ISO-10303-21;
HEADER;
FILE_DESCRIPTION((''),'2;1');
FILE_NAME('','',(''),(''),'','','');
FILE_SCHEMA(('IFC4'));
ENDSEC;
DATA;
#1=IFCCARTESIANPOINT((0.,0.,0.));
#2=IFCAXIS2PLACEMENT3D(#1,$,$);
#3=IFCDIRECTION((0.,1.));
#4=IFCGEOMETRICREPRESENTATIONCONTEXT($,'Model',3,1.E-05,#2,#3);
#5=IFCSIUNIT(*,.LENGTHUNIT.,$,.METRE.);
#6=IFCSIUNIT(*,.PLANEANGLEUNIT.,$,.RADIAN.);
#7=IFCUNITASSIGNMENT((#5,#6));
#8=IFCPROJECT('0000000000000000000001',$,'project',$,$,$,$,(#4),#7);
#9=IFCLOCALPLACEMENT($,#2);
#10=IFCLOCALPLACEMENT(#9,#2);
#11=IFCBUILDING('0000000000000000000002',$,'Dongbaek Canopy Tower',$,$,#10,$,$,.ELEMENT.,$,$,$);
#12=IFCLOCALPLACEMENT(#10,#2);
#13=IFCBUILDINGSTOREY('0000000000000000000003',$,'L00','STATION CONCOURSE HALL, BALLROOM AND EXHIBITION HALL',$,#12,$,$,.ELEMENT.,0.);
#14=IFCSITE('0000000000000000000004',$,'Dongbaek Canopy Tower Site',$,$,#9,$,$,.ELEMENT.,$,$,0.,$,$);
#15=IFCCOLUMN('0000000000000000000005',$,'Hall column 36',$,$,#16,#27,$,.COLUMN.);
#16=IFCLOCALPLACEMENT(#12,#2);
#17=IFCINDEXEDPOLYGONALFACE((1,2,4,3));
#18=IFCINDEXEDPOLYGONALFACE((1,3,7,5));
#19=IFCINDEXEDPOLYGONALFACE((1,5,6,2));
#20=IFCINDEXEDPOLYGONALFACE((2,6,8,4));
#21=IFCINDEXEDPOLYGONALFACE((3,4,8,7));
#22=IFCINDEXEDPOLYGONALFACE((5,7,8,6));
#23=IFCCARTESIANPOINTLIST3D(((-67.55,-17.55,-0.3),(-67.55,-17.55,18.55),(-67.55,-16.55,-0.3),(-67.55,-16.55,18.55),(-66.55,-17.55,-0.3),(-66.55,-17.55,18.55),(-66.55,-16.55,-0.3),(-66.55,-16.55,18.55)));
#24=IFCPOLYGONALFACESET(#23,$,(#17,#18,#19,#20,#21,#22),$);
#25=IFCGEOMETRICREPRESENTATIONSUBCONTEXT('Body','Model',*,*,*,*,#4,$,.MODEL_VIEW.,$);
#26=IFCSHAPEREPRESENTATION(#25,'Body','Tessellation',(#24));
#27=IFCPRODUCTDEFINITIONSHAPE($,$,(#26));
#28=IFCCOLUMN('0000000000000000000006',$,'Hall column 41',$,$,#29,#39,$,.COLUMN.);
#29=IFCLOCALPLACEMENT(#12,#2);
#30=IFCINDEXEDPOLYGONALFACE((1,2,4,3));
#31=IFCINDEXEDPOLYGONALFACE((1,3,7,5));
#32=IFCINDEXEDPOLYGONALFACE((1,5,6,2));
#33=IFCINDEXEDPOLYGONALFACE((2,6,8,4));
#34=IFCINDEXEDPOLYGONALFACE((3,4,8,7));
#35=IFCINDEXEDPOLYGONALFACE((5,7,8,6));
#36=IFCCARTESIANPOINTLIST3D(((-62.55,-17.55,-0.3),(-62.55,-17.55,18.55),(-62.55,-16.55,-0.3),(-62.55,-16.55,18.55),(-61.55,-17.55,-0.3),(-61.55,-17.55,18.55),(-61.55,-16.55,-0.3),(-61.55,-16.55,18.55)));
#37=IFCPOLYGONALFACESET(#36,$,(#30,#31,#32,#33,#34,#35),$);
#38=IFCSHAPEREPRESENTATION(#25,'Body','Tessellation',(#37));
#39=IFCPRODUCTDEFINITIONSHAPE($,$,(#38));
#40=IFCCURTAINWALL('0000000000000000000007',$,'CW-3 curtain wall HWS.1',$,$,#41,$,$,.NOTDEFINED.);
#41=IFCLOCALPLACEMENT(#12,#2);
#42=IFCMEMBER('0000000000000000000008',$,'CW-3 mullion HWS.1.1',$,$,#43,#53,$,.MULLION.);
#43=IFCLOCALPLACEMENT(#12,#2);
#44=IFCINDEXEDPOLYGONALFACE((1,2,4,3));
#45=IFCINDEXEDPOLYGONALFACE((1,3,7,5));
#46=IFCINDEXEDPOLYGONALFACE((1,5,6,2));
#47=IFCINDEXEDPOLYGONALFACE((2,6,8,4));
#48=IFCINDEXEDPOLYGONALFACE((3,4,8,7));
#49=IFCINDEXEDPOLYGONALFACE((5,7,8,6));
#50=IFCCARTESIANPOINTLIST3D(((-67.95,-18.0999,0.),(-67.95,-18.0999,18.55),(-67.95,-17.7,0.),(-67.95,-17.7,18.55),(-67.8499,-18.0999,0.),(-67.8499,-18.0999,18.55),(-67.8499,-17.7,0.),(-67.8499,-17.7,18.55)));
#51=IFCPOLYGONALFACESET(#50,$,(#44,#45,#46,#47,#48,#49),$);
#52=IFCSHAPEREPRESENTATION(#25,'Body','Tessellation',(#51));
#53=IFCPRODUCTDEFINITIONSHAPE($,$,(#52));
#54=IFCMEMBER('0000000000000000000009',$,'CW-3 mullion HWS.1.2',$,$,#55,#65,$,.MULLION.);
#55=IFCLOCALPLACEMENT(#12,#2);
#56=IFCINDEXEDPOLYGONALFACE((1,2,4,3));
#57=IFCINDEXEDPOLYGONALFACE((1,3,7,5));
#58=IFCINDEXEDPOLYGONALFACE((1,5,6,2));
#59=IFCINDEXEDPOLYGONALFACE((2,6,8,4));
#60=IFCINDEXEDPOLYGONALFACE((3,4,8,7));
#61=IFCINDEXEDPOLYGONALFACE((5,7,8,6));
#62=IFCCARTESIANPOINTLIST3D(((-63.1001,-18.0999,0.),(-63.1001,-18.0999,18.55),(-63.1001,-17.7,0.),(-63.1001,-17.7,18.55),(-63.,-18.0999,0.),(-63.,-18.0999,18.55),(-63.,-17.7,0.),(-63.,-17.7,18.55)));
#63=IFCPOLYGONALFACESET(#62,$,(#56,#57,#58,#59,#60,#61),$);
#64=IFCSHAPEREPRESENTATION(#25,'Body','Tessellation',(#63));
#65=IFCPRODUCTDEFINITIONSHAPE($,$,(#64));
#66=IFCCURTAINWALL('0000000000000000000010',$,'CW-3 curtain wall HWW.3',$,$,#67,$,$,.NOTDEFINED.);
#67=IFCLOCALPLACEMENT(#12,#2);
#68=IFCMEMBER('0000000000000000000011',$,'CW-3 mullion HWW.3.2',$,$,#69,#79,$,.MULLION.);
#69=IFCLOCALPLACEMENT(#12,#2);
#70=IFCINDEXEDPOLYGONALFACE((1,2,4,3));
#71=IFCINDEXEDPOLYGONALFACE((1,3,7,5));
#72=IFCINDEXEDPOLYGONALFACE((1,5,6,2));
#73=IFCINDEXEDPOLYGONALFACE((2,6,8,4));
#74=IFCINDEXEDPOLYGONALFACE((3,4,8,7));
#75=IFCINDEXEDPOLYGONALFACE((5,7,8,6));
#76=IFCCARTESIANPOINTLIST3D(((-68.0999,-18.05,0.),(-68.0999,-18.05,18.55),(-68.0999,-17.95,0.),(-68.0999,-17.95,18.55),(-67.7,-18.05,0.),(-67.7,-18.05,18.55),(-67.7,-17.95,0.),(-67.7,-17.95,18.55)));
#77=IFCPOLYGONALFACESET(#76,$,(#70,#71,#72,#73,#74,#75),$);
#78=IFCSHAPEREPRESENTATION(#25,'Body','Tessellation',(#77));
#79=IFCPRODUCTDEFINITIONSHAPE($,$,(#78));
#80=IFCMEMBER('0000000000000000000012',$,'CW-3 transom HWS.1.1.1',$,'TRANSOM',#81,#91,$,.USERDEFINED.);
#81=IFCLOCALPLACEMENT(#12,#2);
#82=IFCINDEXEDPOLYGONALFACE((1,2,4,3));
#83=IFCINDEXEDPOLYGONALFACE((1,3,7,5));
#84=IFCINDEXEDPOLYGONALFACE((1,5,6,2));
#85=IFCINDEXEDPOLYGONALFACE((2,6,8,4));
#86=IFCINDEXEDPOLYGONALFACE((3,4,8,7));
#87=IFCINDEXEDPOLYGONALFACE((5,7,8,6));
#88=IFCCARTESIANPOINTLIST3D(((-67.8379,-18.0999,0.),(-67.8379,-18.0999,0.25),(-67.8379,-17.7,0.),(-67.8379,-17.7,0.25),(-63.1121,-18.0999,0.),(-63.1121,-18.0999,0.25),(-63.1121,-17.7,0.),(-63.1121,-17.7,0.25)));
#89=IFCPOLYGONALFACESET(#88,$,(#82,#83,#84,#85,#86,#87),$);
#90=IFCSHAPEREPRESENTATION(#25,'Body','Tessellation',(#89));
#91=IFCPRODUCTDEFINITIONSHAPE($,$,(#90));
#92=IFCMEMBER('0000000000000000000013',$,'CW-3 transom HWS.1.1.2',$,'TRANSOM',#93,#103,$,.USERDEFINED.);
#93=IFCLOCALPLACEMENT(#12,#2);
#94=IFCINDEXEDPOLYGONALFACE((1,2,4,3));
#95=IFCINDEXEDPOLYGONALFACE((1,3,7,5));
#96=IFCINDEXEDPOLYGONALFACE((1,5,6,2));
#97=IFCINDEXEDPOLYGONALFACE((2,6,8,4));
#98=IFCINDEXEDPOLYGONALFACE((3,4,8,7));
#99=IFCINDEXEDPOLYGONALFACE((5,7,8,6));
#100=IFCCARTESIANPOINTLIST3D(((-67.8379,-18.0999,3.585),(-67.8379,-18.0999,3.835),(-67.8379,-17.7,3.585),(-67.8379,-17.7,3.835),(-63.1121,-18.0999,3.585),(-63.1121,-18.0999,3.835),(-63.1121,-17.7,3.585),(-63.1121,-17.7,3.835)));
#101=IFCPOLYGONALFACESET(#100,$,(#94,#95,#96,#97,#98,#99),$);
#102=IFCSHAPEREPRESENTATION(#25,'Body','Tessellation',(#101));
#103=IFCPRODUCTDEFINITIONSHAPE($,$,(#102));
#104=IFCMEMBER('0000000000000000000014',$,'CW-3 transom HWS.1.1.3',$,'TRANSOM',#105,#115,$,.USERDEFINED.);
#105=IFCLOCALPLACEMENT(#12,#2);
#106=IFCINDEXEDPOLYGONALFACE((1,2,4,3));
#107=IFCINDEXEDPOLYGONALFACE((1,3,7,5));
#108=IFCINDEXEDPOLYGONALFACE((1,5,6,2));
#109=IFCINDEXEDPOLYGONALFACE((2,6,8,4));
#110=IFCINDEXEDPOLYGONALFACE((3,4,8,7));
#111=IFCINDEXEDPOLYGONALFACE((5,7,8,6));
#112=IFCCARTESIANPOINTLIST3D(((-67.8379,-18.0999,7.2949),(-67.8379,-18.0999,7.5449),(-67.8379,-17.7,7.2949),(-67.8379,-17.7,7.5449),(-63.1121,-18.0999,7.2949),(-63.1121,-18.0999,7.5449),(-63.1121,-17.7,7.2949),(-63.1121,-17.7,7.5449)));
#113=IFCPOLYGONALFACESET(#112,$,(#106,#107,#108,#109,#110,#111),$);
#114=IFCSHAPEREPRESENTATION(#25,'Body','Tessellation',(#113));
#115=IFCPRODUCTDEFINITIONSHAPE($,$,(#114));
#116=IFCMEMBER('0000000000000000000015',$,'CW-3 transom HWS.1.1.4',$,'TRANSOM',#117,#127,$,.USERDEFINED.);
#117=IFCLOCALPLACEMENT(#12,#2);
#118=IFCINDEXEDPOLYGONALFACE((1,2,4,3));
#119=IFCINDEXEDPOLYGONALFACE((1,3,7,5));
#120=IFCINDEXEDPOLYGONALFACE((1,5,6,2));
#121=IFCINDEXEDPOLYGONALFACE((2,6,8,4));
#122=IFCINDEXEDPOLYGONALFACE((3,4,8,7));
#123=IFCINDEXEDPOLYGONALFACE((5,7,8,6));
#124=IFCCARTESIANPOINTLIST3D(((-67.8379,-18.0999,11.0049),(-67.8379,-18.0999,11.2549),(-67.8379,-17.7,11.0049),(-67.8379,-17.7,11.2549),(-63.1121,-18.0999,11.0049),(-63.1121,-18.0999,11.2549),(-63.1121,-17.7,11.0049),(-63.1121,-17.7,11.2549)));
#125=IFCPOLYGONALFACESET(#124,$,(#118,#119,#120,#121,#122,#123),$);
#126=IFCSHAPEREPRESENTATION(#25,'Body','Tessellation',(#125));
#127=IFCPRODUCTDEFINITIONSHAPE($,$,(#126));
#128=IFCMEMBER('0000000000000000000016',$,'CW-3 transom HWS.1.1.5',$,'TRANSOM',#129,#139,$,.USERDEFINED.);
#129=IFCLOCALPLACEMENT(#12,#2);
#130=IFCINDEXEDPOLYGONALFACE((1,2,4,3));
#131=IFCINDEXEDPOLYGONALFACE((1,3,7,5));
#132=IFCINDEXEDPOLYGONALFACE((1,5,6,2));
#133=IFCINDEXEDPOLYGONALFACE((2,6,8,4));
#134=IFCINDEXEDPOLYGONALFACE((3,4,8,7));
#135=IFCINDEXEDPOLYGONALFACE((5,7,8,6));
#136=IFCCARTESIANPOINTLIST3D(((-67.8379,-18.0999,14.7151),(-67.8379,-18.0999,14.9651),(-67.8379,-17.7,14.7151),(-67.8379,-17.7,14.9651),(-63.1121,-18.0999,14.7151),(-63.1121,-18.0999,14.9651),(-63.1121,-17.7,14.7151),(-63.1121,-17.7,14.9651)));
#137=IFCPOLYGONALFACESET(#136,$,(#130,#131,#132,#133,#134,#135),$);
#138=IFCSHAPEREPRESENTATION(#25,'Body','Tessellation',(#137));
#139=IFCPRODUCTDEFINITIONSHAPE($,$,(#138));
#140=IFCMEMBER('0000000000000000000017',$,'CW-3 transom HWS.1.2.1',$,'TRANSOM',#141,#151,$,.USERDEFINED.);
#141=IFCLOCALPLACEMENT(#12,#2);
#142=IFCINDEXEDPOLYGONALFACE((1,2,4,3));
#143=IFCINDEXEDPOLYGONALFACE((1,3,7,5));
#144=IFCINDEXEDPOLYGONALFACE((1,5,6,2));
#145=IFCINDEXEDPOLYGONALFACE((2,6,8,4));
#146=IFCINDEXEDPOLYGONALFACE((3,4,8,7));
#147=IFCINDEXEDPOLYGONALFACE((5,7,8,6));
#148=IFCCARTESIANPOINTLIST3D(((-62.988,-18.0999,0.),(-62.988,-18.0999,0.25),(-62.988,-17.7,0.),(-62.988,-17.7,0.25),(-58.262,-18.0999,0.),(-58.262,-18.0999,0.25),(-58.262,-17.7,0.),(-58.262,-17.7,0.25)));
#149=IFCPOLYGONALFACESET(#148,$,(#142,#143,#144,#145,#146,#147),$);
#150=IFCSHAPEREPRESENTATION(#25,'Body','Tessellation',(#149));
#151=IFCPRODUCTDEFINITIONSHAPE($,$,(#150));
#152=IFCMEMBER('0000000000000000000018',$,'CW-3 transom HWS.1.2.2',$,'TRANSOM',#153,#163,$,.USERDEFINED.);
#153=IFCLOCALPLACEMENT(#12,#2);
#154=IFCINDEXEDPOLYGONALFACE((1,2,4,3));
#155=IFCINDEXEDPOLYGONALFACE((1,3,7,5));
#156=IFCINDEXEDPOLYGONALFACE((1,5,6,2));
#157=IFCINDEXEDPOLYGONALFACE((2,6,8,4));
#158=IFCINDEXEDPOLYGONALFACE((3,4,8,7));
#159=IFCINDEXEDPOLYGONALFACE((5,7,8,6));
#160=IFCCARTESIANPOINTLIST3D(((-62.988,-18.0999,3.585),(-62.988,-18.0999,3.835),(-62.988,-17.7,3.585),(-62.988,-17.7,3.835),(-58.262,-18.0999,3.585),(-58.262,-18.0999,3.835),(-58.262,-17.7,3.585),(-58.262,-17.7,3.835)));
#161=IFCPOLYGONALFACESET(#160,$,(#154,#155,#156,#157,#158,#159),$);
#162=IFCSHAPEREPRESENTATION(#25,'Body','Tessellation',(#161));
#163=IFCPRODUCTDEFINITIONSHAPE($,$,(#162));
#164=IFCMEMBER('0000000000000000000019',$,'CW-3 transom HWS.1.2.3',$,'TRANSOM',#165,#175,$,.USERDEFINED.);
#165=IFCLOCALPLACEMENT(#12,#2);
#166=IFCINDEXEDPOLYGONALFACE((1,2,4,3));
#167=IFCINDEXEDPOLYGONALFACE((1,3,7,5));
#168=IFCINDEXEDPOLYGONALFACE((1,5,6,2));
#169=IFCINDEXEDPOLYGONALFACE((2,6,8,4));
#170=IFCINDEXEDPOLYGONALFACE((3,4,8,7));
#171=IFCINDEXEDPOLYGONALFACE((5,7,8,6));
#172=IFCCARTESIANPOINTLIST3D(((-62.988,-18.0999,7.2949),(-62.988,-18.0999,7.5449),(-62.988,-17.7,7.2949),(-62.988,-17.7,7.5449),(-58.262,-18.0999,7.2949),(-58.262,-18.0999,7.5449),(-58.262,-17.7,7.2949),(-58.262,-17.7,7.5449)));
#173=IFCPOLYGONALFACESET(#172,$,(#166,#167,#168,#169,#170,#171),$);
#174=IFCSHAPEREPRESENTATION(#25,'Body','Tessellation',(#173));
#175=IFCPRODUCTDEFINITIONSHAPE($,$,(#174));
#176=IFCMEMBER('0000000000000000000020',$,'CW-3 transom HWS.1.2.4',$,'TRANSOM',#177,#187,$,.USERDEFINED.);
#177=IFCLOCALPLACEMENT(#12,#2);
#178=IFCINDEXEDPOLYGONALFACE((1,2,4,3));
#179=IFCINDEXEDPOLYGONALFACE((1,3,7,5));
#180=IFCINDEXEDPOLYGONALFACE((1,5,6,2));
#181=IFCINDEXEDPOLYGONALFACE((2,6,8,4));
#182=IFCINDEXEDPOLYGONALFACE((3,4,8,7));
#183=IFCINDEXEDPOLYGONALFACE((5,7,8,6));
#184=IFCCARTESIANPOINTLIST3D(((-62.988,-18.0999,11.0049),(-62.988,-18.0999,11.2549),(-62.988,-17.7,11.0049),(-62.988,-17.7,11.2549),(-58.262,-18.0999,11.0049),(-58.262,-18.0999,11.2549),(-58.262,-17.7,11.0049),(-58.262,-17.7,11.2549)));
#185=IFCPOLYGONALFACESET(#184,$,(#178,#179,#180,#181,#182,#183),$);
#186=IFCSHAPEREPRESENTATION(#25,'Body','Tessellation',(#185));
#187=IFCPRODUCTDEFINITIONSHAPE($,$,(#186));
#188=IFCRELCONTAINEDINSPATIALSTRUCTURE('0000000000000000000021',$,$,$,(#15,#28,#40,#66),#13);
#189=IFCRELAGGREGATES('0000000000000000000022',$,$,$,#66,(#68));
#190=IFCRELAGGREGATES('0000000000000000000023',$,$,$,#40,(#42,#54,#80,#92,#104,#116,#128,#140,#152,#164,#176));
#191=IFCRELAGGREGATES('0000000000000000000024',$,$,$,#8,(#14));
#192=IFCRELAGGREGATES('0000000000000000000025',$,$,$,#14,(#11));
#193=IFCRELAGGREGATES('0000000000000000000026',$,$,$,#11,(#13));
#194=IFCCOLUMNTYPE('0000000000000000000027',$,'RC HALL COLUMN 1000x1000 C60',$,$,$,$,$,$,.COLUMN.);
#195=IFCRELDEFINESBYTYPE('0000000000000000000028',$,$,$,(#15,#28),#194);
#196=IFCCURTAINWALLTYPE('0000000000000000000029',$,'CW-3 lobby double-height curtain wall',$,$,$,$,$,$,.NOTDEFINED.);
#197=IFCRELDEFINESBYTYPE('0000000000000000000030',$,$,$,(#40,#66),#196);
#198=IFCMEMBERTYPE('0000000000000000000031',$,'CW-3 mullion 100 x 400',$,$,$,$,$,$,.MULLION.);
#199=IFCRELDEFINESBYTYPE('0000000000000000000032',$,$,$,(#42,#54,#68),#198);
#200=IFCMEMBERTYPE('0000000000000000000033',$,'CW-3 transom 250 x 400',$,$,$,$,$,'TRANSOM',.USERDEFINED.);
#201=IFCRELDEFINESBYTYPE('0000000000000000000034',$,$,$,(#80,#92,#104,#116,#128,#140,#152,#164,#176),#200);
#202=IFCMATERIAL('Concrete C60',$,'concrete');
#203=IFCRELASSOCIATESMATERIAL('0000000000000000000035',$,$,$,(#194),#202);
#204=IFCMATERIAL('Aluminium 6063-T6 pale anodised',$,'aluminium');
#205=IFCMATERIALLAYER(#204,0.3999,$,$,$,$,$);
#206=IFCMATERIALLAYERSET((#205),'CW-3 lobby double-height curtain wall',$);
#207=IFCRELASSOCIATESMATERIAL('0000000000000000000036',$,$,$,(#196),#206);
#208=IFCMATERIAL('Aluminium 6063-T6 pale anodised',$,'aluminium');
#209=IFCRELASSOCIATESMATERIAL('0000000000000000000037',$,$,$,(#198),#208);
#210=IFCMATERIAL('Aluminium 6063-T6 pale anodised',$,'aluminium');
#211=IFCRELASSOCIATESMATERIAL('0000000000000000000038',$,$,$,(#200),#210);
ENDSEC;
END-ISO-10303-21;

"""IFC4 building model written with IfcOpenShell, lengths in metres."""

from ifc_helpers import new_model, si_unit, direction, frame, origin, origin_2d, place, context, subcontext, project, spatial, rectangle, extrude, material, layer, layer_set, material_profile, profile_set, type_object, element, aggregate, save


model = new_model("IFC4")

# Units and contexts
model_context = context("Model", 3, precision=1e-05, world=origin(), true_north=direction((0.0, 1.0)))
body_context = subcontext(model_context, "Body", "Model", "MODEL_VIEW")
ifc_project = project(units=[si_unit("LENGTHUNIT", "METRE"), si_unit("PLANEANGLEUNIT", "RADIAN")], contexts=[model_context])

# Site, building, storey
site_placement = place(None, origin())
site = spatial("IfcSite", under=ifc_project, at=site_placement, Name="Dongbaek Canopy Tower Site", CompositionType="ELEMENT", RefElevation=0.0)
building_placement = place(site_placement, origin())
building = spatial("IfcBuilding", under=site, at=building_placement, Name="Dongbaek Canopy Tower", CompositionType="ELEMENT")
storey_placement = place(building_placement, origin())
storey = spatial("IfcBuildingStorey", under=building, at=storey_placement, Name="L00", Description="STATION CONCOURSE HALL, BALLROOM AND EXHIBITION HALL", CompositionType="ELEMENT", Elevation=0.0)

# Columns
ifc_material_1 = material(Name="Concrete C60", Category="concrete")
ifc_material_profile_1 = material_profile(ifc_material_1, rectangle(XDim=1.0, YDim=1.0, at=origin_2d()), Name="RC HALL COLUMN 1000x1000 C60")
ifc_profile_set_1 = profile_set([ifc_material_profile_1], Name="Concrete C60")
column_type = type_object("IfcColumnType", Name="RC HALL COLUMN 1000x1000 C60", PredefinedType="COLUMN", material=ifc_profile_set_1)
for number, where, z_axis, x_axis, name in (
    (1, (-67.05, -17.05, -0.3), (0.0, 0.0, 1.0), (1.0, 0.0, 0.0), "Hall column 36"),
    (2, (-62.05, -17.05, -0.3), (0.0, 0.0, 1.0), (1.0, 0.0, 0.0), "Hall column 41"),
):
    element("IfcColumn", number, at=place(storey_placement, frame(where, z_axis=z_axis, x_axis=x_axis)), inside=storey, type_object=column_type, Name=name, PredefinedType="COLUMN", context=body_context, shape_type="SweptSolid", body=[
        extrude(rectangle(XDim=1.0, YDim=1.0, at=origin_2d()), origin(), (0.0, 0.0, 1.0), 18.8501),
    ])

# Curtain wall, members
ifc_material_2 = material(Name="Aluminium 6063-T6 pale anodised", Category="aluminium")
ifc_layer_1 = layer(ifc_material_2, 0.3999)
ifc_layer_set_1 = layer_set([ifc_layer_1], Name="CW-3 lobby double-height curtain wall")
curtain_wall_type = type_object("IfcCurtainWallType", Name="CW-3 lobby double-height curtain wall", PredefinedType="NOTDEFINED", material=ifc_layer_set_1)
curtain_wall_1_placement = place(storey_placement, origin())
curtain_wall_1 = element("IfcCurtainWall", 3, at=curtain_wall_1_placement, inside=storey, type_object=curtain_wall_type, Name="CW-3 curtain wall HWS.1", PredefinedType="NOTDEFINED")
ifc_material_3 = material(Name="Aluminium 6063-T6 pale anodised", Category="aluminium")
ifc_material_profile_2 = material_profile(ifc_material_3, rectangle(XDim=0.3999, YDim=0.1001, at=origin_2d()), Name="CW-3 mullion 100 x 400")
ifc_profile_set_2 = profile_set([ifc_material_profile_2], Name="Aluminium 6063-T6 pale anodised")
member_type_1 = type_object("IfcMemberType", Name="CW-3 mullion 100 x 400", PredefinedType="MULLION", material=ifc_profile_set_2)
member_1_placement = place(storey_placement, frame((-67.8999, -17.8999, 0.0), z_axis=(0.0, 0.0, 1.0), x_axis=(0.0, -1.0, 0.0)))
member_1 = element("IfcMember", 4, at=member_1_placement, type_object=member_type_1, Name="CW-3 mullion HWS.1.1", PredefinedType="MULLION", context=body_context, shape_type="SweptSolid", body=[
    extrude(rectangle(XDim=0.3999, YDim=0.1001, at=origin_2d()), origin(), (0.0, 0.0, 1.0), 18.55),
])
member_2_placement = place(storey_placement, frame((-63.05, -17.8999, 0.0), z_axis=(0.0, 0.0, 1.0), x_axis=(0.0, -1.0, 0.0)))
member_2 = element("IfcMember", 5, at=member_2_placement, type_object=member_type_1, Name="CW-3 mullion HWS.1.2", PredefinedType="MULLION", context=body_context, shape_type="SweptSolid", body=[
    extrude(rectangle(XDim=0.3999, YDim=0.1001, at=origin_2d()), origin(), (0.0, 0.0, 1.0), 18.55),
])

# Curtain wall, member
curtain_wall_2_placement = place(storey_placement, origin())
curtain_wall_2 = element("IfcCurtainWall", 6, at=curtain_wall_2_placement, inside=storey, type_object=curtain_wall_type, Name="CW-3 curtain wall HWW.3", PredefinedType="NOTDEFINED")
member_3_placement = place(storey_placement, frame((-67.8999, -18.0, 0.0), z_axis=(0.0, 0.0, 1.0), x_axis=(-1.0, 0.0, 0.0)))
member_3 = element("IfcMember", 7, at=member_3_placement, type_object=member_type_1, Name="CW-3 mullion HWW.3.2", PredefinedType="MULLION", context=body_context, shape_type="SweptSolid", body=[
    extrude(rectangle(XDim=0.3999, YDim=0.1001, at=origin_2d()), origin(), (0.0, 0.0, 1.0), 18.55),
])
aggregate(curtain_wall_2, [member_3])

# Members
ifc_material_4 = material(Name="Aluminium 6063-T6 pale anodised", Category="aluminium")
ifc_material_profile_3 = material_profile(ifc_material_4, rectangle(XDim=0.3999, YDim=0.25, at=origin_2d()), Name="CW-3 transom 250 x 400")
ifc_profile_set_3 = profile_set([ifc_material_profile_3], Name="Aluminium 6063-T6 pale anodised")
member_type_2 = type_object("IfcMemberType", Name="CW-3 transom 250 x 400", ElementType="TRANSOM", PredefinedType="USERDEFINED", material=ifc_profile_set_3)
member_4_placement = place(storey_placement, frame((-67.8379, -17.8999, 0.125), z_axis=(1.0, 0.0, 0.0), x_axis=(0.0, 1.0, 0.0)))
member_4 = element("IfcMember", 8, at=member_4_placement, type_object=member_type_2, Name="CW-3 transom HWS.1.1.1", ObjectType="TRANSOM", PredefinedType="USERDEFINED", context=body_context, shape_type="SweptSolid", body=[
    extrude(rectangle(XDim=0.3999, YDim=0.25, at=origin_2d()), origin(), (0.0, 0.0, 1.0), 4.7258),
])
member_5_placement = place(storey_placement, frame((-67.8379, -17.8999, 3.71), z_axis=(1.0, 0.0, 0.0), x_axis=(0.0, 1.0, 0.0)))
member_5 = element("IfcMember", 9, at=member_5_placement, type_object=member_type_2, Name="CW-3 transom HWS.1.1.2", ObjectType="TRANSOM", PredefinedType="USERDEFINED", context=body_context, shape_type="SweptSolid", body=[
    extrude(rectangle(XDim=0.3999, YDim=0.25, at=origin_2d()), origin(), (0.0, 0.0, 1.0), 4.7258),
])
member_6_placement = place(storey_placement, frame((-67.8379, -17.8999, 7.4199), z_axis=(1.0, 0.0, 0.0), x_axis=(0.0, 1.0, 0.0)))
member_6 = element("IfcMember", 10, at=member_6_placement, type_object=member_type_2, Name="CW-3 transom HWS.1.1.3", ObjectType="TRANSOM", PredefinedType="USERDEFINED", context=body_context, shape_type="SweptSolid", body=[
    extrude(rectangle(XDim=0.3999, YDim=0.25, at=origin_2d()), origin(), (0.0, 0.0, 1.0), 4.7258),
])
member_7_placement = place(storey_placement, frame((-67.8379, -17.8999, 11.1299), z_axis=(1.0, 0.0, 0.0), x_axis=(0.0, 1.0, 0.0)))
member_7 = element("IfcMember", 11, at=member_7_placement, type_object=member_type_2, Name="CW-3 transom HWS.1.1.4", ObjectType="TRANSOM", PredefinedType="USERDEFINED", context=body_context, shape_type="SweptSolid", body=[
    extrude(rectangle(XDim=0.3999, YDim=0.25, at=origin_2d()), origin(), (0.0, 0.0, 1.0), 4.7258),
])
member_8_placement = place(storey_placement, frame((-67.8379, -17.8999, 14.8401), z_axis=(1.0, 0.0, 0.0), x_axis=(0.0, 1.0, 0.0)))
member_8 = element("IfcMember", 12, at=member_8_placement, type_object=member_type_2, Name="CW-3 transom HWS.1.1.5", ObjectType="TRANSOM", PredefinedType="USERDEFINED", context=body_context, shape_type="SweptSolid", body=[
    extrude(rectangle(XDim=0.3999, YDim=0.25, at=origin_2d()), origin(), (0.0, 0.0, 1.0), 4.7258),
])
member_9_placement = place(storey_placement, frame((-62.988, -17.8999, 0.125), z_axis=(1.0, 0.0, 0.0), x_axis=(0.0, 1.0, 0.0)))
member_9 = element("IfcMember", 13, at=member_9_placement, type_object=member_type_2, Name="CW-3 transom HWS.1.2.1", ObjectType="TRANSOM", PredefinedType="USERDEFINED", context=body_context, shape_type="SweptSolid", body=[
    extrude(rectangle(XDim=0.3999, YDim=0.25, at=origin_2d()), origin(), (0.0, 0.0, 1.0), 4.7261),
])
member_10_placement = place(storey_placement, frame((-62.988, -17.8999, 3.71), z_axis=(1.0, 0.0, 0.0), x_axis=(0.0, 1.0, 0.0)))
member_10 = element("IfcMember", 14, at=member_10_placement, type_object=member_type_2, Name="CW-3 transom HWS.1.2.2", ObjectType="TRANSOM", PredefinedType="USERDEFINED", context=body_context, shape_type="SweptSolid", body=[
    extrude(rectangle(XDim=0.3999, YDim=0.25, at=origin_2d()), origin(), (0.0, 0.0, 1.0), 4.7261),
])
member_11_placement = place(storey_placement, frame((-62.988, -17.8999, 7.4199), z_axis=(1.0, 0.0, 0.0), x_axis=(0.0, 1.0, 0.0)))
member_11 = element("IfcMember", 15, at=member_11_placement, type_object=member_type_2, Name="CW-3 transom HWS.1.2.3", ObjectType="TRANSOM", PredefinedType="USERDEFINED", context=body_context, shape_type="SweptSolid", body=[
    extrude(rectangle(XDim=0.3999, YDim=0.25, at=origin_2d()), origin(), (0.0, 0.0, 1.0), 4.7261),
])
member_12_placement = place(storey_placement, frame((-62.988, -17.8999, 11.1299), z_axis=(1.0, 0.0, 0.0), x_axis=(0.0, 1.0, 0.0)))
member_12 = element("IfcMember", 16, at=member_12_placement, type_object=member_type_2, Name="CW-3 transom HWS.1.2.4", ObjectType="TRANSOM", PredefinedType="USERDEFINED", context=body_context, shape_type="SweptSolid", body=[
    extrude(rectangle(XDim=0.3999, YDim=0.25, at=origin_2d()), origin(), (0.0, 0.0, 1.0), 4.7261),
])

aggregate(curtain_wall_1, [member_1, member_2, member_4, member_5, member_6, member_7, member_8, member_9, member_10, member_11, member_12])

save(model, "model.ifc")
